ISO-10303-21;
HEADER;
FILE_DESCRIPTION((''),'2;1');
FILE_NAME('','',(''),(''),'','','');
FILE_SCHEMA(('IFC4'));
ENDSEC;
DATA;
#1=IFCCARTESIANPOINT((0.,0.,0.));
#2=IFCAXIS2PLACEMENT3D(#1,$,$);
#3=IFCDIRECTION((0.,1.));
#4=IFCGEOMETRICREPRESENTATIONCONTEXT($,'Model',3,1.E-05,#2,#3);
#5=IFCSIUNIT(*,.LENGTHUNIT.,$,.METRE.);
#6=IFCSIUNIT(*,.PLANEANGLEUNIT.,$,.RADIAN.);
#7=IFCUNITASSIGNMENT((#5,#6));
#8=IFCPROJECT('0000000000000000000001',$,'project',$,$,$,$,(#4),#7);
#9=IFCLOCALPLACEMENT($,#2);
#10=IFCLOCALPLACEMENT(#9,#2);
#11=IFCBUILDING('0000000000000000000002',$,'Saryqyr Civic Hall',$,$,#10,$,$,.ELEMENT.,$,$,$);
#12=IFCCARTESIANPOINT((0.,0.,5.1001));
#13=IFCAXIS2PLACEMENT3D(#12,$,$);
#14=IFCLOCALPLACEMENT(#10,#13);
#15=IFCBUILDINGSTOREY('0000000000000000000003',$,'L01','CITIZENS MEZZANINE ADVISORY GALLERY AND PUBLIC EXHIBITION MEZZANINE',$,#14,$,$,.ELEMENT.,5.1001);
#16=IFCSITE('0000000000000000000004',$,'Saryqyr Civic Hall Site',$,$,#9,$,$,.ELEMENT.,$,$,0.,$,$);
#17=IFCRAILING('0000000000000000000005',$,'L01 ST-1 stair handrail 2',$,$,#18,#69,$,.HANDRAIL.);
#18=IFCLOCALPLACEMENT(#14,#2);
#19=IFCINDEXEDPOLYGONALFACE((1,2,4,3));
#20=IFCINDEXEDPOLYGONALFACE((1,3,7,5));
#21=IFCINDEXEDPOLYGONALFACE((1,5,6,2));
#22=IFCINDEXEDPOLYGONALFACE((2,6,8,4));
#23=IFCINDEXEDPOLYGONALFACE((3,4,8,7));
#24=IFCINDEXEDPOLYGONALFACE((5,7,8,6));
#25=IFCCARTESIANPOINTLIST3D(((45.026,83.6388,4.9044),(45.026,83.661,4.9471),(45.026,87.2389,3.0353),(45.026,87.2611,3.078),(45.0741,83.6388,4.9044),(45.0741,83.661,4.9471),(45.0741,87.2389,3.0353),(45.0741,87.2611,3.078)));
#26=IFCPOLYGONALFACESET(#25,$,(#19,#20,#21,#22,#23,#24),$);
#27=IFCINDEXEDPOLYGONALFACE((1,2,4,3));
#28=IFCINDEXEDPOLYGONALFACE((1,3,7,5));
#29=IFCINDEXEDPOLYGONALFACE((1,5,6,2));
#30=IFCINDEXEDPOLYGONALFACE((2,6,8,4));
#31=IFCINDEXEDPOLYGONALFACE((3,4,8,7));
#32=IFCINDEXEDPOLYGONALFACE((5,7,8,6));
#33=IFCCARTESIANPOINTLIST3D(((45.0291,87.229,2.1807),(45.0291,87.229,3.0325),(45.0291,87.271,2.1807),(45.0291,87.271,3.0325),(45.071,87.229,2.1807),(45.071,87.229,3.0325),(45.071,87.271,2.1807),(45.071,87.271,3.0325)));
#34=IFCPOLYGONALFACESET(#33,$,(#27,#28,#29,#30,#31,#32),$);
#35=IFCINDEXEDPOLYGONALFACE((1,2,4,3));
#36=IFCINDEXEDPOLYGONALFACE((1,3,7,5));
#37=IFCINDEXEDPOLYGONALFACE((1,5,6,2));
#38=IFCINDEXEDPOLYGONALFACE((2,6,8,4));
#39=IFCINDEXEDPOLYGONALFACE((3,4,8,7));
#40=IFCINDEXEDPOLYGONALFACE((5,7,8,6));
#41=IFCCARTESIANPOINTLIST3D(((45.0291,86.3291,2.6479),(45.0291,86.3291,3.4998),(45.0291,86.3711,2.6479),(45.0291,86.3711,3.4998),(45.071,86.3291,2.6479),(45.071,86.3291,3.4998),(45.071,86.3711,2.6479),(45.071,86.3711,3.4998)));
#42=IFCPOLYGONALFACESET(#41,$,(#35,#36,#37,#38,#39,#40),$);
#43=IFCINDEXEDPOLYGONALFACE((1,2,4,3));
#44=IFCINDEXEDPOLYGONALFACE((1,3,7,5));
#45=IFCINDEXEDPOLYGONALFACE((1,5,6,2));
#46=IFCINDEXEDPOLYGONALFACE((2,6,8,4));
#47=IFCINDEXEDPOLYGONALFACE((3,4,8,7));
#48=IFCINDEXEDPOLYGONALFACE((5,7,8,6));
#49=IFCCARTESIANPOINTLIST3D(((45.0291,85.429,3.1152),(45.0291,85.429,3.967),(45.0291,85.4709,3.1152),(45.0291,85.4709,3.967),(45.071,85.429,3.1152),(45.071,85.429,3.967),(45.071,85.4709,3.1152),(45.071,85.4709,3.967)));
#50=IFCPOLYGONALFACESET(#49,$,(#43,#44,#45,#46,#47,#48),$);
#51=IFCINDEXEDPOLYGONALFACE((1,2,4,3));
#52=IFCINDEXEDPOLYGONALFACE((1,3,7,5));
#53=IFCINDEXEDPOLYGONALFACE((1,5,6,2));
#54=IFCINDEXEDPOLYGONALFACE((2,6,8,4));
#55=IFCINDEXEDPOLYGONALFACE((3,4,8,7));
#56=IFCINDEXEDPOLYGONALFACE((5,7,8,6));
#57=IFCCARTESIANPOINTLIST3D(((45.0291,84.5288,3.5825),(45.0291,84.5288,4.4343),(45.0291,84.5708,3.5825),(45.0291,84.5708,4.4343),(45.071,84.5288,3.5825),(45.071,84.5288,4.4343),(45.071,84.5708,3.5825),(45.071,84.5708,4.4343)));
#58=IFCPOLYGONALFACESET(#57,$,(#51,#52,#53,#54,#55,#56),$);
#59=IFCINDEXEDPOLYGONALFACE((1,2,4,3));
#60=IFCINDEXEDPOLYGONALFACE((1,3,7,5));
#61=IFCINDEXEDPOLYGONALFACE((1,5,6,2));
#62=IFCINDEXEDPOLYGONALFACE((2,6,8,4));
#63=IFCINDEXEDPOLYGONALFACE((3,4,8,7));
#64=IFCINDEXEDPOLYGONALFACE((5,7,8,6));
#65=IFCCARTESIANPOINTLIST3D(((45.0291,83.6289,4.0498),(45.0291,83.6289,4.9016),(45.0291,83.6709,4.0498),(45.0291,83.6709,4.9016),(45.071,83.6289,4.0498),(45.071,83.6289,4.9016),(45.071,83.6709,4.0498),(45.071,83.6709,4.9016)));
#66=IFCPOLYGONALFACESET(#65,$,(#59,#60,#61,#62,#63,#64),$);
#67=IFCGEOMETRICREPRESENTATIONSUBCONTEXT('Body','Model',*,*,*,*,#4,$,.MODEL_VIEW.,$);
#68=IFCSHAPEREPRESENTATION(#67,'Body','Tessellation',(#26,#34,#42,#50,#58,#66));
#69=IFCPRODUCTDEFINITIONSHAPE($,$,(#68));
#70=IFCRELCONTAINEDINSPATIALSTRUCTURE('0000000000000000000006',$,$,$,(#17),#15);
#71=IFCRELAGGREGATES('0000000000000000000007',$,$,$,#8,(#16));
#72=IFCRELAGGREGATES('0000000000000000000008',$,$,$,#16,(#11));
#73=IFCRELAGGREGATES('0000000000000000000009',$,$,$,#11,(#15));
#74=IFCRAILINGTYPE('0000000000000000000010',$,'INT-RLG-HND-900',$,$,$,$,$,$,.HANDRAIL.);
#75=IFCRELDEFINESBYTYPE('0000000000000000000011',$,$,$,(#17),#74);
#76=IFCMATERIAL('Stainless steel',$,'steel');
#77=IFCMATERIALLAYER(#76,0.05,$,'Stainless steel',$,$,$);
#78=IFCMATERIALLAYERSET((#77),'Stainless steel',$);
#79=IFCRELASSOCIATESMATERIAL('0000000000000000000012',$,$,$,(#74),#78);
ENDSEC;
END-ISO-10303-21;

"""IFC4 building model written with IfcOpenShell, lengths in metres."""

from ifc_helpers import new_model, si_unit, direction, frame, origin, origin_2d, place, context, subcontext, project, spatial, rectangle, extrude, material, layer, layer_set, type_object, element, save


model = new_model("IFC4")

# Units and contexts
model_context = context("Model", 3, precision=1e-05, world=origin(), true_north=direction((0.0, 1.0)))
body_context = subcontext(model_context, "Body", "Model", "MODEL_VIEW")
ifc_project = project(units=[si_unit("LENGTHUNIT", "METRE"), si_unit("PLANEANGLEUNIT", "RADIAN")], contexts=[model_context])

# Site, building, storey
site_placement = place(None, origin())
site = spatial("IfcSite", under=ifc_project, at=site_placement, Name="Saryqyr Civic Hall Site", CompositionType="ELEMENT", RefElevation=0.0)
building_placement = place(site_placement, origin())
building = spatial("IfcBuilding", under=site, at=building_placement, Name="Saryqyr Civic Hall", CompositionType="ELEMENT")
storey_placement = place(building_placement, frame((0.0, 0.0, 5.1001)))
storey = spatial("IfcBuildingStorey", under=building, at=storey_placement, Name="L01", Description="CITIZENS MEZZANINE ADVISORY GALLERY AND PUBLIC EXHIBITION MEZZANINE", CompositionType="ELEMENT", Elevation=5.1001)

# Railing
ifc_material_1 = material(Name="Stainless steel", Category="steel")
ifc_layer_1 = layer(ifc_material_1, 0.05, Name="Stainless steel")
ifc_layer_set_1 = layer_set([ifc_layer_1], Name="Stainless steel")
railing_type_1 = type_object("IfcRailingType", Name="INT-RLG-HND-900", PredefinedType="HANDRAIL", material=ifc_layer_set_1)
railing_1_placement = place(storey_placement, frame((45.05, 87.25, 2.1807)))
element("IfcRailing", 1, at=railing_1_placement, inside=storey, type_object=railing_type_1, Name="L01 ST-1 stair handrail 2", PredefinedType="HANDRAIL", context=body_context, shape_type="SweptSolid", body=[
    extrude(rectangle(XDim=0.0481, YDim=0.0481, at=origin_2d()), frame((0.0, 0.0, 0.876), z_axis=(0.0, -0.88751, 0.460788), x_axis=(1.0, 0.0, 0.0)), (0.0, 0.0, 1.0), 4.0564),
    extrude(rectangle(XDim=0.042, YDim=0.042, at=origin_2d()), origin(), (0.0, 0.0, 1.0), 0.8518),
    extrude(rectangle(XDim=0.042, YDim=0.042, at=origin_2d()), frame((0.0, -0.8999, 0.4673)), (0.0, 0.0, 1.0), 0.8518),
    extrude(rectangle(XDim=0.042, YDim=0.042, at=origin_2d()), frame((0.0, -1.8, 0.9346)), (0.0, 0.0, 1.0), 0.8518),
    extrude(rectangle(XDim=0.042, YDim=0.042, at=origin_2d()), frame((0.0, -2.7002, 1.4019)), (0.0, 0.0, 1.0), 0.8518),
    extrude(rectangle(XDim=0.042, YDim=0.042, at=origin_2d()), frame((0.0, -3.6001, 1.8691)), (0.0, 0.0, 1.0), 0.8518),
])

save(model, "model.ifc")
